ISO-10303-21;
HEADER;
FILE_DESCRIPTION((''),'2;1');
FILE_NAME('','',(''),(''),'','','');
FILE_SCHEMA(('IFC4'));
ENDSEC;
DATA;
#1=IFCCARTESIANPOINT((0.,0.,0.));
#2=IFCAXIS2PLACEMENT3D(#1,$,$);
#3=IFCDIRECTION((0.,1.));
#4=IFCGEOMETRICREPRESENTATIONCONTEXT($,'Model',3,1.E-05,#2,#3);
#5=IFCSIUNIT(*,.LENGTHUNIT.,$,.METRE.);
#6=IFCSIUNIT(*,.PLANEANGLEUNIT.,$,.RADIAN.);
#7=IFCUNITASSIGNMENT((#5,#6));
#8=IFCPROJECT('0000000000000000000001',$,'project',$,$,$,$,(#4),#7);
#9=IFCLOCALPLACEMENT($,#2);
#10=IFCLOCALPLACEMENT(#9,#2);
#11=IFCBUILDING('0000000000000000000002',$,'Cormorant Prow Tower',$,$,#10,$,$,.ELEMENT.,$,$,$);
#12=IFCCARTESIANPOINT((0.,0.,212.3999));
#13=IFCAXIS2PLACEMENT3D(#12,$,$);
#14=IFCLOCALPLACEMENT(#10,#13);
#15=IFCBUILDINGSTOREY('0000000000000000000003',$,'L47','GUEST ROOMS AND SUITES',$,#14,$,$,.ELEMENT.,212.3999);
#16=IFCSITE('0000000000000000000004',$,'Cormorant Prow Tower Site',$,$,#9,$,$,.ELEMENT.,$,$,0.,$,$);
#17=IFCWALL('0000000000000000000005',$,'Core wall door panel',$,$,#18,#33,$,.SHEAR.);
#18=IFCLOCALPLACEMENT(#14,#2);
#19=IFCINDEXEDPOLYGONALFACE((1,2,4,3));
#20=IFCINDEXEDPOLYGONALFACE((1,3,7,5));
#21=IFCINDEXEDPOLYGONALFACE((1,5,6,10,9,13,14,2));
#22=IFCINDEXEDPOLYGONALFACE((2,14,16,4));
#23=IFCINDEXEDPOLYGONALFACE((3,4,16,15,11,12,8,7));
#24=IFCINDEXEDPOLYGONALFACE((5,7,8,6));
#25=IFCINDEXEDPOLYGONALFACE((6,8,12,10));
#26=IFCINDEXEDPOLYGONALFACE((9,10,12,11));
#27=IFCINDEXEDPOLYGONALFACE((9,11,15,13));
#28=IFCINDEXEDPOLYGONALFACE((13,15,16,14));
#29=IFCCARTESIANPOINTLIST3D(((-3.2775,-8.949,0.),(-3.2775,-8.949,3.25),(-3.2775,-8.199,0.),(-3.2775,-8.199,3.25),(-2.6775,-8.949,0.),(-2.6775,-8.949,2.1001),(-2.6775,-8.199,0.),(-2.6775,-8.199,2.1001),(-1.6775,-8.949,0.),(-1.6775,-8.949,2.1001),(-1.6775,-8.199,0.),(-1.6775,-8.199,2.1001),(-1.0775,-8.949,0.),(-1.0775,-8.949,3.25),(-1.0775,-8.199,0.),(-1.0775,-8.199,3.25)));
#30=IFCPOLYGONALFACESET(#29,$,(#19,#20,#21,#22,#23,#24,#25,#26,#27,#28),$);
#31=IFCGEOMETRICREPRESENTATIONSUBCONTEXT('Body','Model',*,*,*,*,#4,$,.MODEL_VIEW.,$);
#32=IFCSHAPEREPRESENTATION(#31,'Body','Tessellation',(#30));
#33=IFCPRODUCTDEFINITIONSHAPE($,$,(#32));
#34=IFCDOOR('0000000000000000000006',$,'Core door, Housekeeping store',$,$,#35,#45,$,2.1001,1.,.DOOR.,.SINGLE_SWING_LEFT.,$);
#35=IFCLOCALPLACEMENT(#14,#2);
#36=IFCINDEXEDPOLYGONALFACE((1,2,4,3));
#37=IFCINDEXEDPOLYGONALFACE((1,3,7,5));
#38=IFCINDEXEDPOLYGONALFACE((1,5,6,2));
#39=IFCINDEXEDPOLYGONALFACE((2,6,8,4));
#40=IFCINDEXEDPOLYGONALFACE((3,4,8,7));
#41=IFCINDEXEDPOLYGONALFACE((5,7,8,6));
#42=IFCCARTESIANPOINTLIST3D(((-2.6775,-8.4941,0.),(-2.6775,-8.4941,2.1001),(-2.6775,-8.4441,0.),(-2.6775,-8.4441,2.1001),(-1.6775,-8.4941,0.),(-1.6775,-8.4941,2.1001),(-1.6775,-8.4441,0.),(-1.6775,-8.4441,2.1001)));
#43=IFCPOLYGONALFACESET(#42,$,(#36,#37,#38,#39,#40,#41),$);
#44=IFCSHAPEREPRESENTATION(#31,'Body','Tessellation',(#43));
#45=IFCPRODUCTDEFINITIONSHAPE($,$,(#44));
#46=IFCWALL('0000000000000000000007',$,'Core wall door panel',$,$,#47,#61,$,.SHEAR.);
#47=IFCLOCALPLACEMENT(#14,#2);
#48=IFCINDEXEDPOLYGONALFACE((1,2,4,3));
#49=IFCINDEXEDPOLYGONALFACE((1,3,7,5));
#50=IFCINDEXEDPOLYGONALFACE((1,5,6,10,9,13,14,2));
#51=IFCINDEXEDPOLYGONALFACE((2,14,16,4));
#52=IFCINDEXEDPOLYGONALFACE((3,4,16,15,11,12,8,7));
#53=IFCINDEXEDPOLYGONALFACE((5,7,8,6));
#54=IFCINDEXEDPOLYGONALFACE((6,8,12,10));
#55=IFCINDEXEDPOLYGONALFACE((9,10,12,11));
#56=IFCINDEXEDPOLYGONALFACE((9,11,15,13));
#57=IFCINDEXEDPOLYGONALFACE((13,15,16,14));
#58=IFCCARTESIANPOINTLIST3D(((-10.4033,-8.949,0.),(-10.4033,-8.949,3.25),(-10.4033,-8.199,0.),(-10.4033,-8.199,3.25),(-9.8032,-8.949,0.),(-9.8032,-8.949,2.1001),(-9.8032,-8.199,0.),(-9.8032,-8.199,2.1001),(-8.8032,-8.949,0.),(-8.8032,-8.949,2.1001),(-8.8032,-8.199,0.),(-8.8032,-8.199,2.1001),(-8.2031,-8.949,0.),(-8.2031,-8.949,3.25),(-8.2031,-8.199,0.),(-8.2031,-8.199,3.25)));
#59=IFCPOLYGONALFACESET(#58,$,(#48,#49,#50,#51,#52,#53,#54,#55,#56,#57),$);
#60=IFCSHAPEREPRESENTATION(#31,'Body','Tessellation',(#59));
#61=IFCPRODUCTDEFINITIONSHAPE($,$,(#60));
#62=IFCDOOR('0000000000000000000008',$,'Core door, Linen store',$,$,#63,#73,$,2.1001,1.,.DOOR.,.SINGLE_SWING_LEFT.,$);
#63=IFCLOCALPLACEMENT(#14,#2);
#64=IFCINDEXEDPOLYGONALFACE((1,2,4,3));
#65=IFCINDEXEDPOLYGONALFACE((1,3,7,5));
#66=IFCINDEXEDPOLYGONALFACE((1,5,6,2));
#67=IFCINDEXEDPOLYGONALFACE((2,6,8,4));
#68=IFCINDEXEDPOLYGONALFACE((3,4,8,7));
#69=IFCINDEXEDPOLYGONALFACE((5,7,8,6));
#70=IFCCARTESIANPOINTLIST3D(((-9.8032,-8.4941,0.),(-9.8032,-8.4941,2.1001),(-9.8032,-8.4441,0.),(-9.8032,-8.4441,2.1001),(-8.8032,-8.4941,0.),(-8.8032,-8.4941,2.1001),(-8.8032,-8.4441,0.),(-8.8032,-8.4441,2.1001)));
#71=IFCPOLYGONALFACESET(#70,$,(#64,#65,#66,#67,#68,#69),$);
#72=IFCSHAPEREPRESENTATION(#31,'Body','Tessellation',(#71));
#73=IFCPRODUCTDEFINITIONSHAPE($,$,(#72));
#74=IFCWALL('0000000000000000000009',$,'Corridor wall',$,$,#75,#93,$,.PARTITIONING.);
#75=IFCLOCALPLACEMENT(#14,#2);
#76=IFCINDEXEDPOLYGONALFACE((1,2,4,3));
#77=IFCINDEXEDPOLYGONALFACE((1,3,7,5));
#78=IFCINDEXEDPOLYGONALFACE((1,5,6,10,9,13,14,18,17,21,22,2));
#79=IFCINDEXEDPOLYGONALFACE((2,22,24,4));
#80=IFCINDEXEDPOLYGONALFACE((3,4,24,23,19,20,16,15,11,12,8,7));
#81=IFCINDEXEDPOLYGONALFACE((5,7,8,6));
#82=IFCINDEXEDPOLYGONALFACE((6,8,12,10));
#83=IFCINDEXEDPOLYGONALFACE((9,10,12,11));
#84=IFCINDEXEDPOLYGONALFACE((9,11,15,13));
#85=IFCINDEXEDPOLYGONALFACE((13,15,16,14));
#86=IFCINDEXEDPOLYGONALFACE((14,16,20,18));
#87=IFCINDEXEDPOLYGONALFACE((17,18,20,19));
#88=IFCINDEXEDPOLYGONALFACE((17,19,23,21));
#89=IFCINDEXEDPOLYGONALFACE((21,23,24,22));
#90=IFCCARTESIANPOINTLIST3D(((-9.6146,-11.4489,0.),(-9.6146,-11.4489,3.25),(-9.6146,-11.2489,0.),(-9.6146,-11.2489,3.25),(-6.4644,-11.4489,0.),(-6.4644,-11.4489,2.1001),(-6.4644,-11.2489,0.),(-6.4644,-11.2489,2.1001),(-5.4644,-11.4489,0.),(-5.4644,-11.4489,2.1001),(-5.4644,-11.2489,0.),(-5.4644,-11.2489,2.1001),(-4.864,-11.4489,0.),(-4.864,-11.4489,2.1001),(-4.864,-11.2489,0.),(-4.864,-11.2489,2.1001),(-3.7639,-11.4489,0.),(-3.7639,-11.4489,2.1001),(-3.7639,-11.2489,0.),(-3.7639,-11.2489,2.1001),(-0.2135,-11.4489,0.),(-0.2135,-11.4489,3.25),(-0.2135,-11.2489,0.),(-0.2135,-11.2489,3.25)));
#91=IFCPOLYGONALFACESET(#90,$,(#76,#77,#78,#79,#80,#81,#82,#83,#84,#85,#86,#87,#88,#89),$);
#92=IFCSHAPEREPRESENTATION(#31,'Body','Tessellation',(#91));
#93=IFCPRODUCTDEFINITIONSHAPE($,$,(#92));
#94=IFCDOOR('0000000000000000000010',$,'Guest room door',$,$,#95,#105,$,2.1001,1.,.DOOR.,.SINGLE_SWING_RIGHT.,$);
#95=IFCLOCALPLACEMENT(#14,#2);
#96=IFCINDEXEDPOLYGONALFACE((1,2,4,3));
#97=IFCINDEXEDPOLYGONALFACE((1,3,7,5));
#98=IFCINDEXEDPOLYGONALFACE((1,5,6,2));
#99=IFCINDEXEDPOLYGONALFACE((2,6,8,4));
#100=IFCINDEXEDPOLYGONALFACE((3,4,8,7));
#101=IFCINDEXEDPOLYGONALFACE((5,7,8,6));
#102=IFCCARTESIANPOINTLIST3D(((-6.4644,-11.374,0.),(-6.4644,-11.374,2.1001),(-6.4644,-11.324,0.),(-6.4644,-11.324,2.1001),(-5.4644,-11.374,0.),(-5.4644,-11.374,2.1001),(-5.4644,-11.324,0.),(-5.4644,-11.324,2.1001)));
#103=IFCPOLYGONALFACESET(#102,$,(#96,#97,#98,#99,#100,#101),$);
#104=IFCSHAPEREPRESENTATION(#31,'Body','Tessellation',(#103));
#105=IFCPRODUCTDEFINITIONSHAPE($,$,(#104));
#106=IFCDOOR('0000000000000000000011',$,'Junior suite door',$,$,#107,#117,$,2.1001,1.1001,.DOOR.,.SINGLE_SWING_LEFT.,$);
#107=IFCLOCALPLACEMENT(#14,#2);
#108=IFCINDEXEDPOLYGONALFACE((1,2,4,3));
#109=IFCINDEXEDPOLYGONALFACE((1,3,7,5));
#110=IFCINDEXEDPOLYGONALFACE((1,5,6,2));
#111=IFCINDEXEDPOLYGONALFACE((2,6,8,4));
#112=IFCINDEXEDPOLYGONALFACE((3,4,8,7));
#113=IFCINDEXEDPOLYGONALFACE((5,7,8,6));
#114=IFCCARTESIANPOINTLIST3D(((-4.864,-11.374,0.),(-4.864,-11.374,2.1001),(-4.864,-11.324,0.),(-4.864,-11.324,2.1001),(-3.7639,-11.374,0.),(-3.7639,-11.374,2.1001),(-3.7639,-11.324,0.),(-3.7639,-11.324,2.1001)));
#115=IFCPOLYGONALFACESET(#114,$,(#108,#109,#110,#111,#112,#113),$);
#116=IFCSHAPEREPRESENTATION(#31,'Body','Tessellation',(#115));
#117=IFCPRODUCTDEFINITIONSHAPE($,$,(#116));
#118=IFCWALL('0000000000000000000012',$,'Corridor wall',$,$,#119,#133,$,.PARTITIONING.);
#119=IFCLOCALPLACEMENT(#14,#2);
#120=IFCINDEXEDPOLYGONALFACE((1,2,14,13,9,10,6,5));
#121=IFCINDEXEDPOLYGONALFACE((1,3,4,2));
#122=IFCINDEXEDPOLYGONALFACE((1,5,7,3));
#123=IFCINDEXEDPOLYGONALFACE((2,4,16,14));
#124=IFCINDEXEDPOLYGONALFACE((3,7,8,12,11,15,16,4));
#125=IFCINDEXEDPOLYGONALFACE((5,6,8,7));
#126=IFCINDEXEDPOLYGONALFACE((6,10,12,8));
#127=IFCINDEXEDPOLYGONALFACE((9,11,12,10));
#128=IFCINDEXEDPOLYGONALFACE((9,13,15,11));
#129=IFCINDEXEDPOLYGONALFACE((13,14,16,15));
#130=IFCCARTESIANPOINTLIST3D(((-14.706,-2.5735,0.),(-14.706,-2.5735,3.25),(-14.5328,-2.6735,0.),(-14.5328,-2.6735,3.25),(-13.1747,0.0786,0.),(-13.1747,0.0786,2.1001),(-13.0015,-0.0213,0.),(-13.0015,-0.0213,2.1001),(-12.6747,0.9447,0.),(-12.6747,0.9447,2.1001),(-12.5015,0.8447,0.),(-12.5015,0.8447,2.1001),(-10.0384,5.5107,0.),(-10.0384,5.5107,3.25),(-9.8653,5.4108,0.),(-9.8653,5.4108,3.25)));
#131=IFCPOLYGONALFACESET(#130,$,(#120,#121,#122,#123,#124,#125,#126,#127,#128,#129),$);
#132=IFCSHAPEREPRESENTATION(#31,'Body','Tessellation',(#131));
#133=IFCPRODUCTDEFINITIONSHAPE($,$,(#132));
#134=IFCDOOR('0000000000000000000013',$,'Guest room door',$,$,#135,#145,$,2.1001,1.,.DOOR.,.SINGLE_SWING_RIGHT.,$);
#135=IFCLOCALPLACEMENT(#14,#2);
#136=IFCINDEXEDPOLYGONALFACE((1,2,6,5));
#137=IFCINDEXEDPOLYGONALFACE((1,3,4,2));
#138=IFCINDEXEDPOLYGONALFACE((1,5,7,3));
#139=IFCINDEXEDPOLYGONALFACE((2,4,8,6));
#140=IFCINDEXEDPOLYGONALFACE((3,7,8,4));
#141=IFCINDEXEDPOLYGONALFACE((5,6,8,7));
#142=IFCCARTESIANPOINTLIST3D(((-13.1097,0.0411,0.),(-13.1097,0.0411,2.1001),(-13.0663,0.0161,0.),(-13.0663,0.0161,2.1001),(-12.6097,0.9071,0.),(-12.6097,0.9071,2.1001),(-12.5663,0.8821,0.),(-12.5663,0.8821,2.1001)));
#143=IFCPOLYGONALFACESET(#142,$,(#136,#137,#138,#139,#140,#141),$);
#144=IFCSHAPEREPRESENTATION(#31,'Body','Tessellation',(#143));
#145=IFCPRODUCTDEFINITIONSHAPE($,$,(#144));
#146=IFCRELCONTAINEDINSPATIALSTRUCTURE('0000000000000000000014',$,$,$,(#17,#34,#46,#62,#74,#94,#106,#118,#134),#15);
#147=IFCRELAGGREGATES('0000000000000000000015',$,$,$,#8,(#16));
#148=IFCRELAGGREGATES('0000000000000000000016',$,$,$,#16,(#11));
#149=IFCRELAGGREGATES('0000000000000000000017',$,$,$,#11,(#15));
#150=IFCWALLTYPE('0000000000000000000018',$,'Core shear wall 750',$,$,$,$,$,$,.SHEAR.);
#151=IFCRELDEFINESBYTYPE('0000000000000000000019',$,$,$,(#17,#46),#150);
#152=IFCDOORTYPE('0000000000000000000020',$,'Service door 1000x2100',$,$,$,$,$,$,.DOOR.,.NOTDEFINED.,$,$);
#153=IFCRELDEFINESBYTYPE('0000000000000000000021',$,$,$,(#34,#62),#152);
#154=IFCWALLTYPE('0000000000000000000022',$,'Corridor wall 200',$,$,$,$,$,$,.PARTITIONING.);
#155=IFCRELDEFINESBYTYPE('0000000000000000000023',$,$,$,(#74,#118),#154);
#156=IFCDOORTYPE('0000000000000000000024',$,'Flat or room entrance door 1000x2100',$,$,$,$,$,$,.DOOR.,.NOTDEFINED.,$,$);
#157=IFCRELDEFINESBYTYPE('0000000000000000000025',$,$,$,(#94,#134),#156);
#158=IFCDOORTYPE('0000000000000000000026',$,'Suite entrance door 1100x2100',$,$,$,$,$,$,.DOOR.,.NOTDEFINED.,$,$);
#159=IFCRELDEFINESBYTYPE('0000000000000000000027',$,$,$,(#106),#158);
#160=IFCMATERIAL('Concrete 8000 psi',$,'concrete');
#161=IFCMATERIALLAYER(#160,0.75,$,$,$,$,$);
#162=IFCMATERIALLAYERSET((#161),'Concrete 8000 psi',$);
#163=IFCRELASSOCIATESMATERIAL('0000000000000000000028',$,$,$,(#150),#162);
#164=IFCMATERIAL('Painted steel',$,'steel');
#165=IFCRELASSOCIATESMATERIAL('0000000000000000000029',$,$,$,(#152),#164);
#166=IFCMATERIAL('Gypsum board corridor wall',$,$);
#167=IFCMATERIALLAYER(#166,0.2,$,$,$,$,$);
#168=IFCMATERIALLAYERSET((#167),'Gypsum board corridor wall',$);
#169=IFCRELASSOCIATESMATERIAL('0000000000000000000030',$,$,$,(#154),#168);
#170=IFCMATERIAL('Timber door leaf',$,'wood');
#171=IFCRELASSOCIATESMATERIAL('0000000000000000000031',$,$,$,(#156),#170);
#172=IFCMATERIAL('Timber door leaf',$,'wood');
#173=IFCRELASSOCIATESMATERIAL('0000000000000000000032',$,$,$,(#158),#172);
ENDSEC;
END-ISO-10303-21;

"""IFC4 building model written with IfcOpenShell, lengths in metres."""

from ifc_helpers import new_model, si_unit, direction, frame, frame_2d, origin, place, context, subcontext, project, spatial, rectangle, extrude, material, layer, layer_set, type_object, element, fill, save


model = new_model("IFC4")

# Units and contexts
model_context = context("Model", 3, precision=1e-05, world=origin(), true_north=direction((0.0, 1.0)))
body_context = subcontext(model_context, "Body", "Model", "MODEL_VIEW")
ifc_project = project(units=[si_unit("LENGTHUNIT", "METRE"), si_unit("PLANEANGLEUNIT", "RADIAN")], contexts=[model_context])

# Site, building, storey
site_placement = place(None, origin())
site = spatial("IfcSite", under=ifc_project, at=site_placement, Name="Cormorant Prow Tower Site", CompositionType="ELEMENT", RefElevation=0.0)
building_placement = place(site_placement, origin())
building = spatial("IfcBuilding", under=site, at=building_placement, Name="Cormorant Prow Tower", CompositionType="ELEMENT")
storey_placement = place(building_placement, frame((0.0, 0.0, 212.3999)))
storey = spatial("IfcBuildingStorey", under=building, at=storey_placement, Name="L47", Description="GUEST ROOMS AND SUITES", CompositionType="ELEMENT", Elevation=212.3999)

# Shared definitions
ifc_material_1 = material(Name="Concrete 8000 psi", Category="concrete")
ifc_layer_1 = layer(ifc_material_1, 0.75)
ifc_layer_set_1 = layer_set([ifc_layer_1], Name="Concrete 8000 psi")
wall_type_1 = type_object("IfcWallType", Name="Core shear wall 750", PredefinedType="SHEAR", material=ifc_layer_set_1)

# Walls, openings, doors
wall_1_placement = place(storey_placement, frame((-3.2776, -8.574, 0.0), z_axis=(0.0, 0.0, 1.0), x_axis=(1.0, 0.0, 0.0)))
wall_1 = element("IfcWall", 1, at=wall_1_placement, inside=storey, type_object=wall_type_1, Name="Core wall door panel", PredefinedType="SHEAR", context=body_context, shape_type="SweptSolid", body=[
    extrude(rectangle(XDim=2.2, YDim=0.75, at=frame_2d((1.1001, 0.0))), origin(), (0.0, 0.0, 1.0), 3.25),
])
opening_1_placement = place(wall_1_placement, frame((0.6001, 0.0, 0.0)))
opening_1 = element("IfcOpeningElement", 2, at=opening_1_placement, cuts=wall_1, PredefinedType="OPENING", context=body_context, shape_type="SweptSolid", body=[
    extrude(rectangle(XDim=1.0, YDim=2.1001, at=frame_2d((0.5, 1.05))), frame((0.0, 0.385, 0.0), z_axis=(0.0, -1.0, 0.0), x_axis=(1.0, 0.0, 0.0)), (0.0, 0.0, 1.0), 0.77),
])
ifc_material_2 = material(Name="Painted steel", Category="steel")
door_type_1 = type_object("IfcDoorType", Name="Service door 1000x2100", OperationType="NOTDEFINED", PredefinedType="DOOR", material=ifc_material_2)
door_1_placement = place(opening_1_placement, origin())
door_1 = element("IfcDoor", 3, at=door_1_placement, inside=storey, type_object=door_type_1, Name="Core door, Housekeeping store", OperationType="SINGLE_SWING_LEFT", OverallHeight=2.1001, OverallWidth=1.0, PredefinedType="DOOR", context=body_context, shape_type="SweptSolid", body=[
    extrude(rectangle(XDim=1.0, YDim=2.1001, at=frame_2d((0.5, 1.05))), frame((0.0, 0.1299, 0.0), z_axis=(0.0, -1.0, 0.0), x_axis=(1.0, 0.0, 0.0)), (0.0, 0.0, 1.0), 0.05),
])
fill(opening_1, door_1)
wall_2_placement = place(storey_placement, frame((-10.4033, -8.574, 0.0), z_axis=(0.0, 0.0, 1.0), x_axis=(1.0, 0.0, 0.0)))
wall_2 = element("IfcWall", 4, at=wall_2_placement, inside=storey, type_object=wall_type_1, Name="Core wall door panel", PredefinedType="SHEAR", context=body_context, shape_type="SweptSolid", body=[
    extrude(rectangle(XDim=2.2002, YDim=0.75, at=frame_2d((1.1001, 0.0))), origin(), (0.0, 0.0, 1.0), 3.25),
])
opening_2_placement = place(wall_2_placement, frame((0.6001, 0.0, 0.0)))
opening_2 = element("IfcOpeningElement", 5, at=opening_2_placement, cuts=wall_2, PredefinedType="OPENING", context=body_context, shape_type="SweptSolid", body=[
    extrude(rectangle(XDim=1.0, YDim=2.1001, at=frame_2d((0.5, 1.05))), frame((0.0, 0.385, 0.0), z_axis=(0.0, -1.0, 0.0), x_axis=(1.0, 0.0, 0.0)), (0.0, 0.0, 1.0), 0.77),
])
door_2_placement = place(opening_2_placement, origin())
door_2 = element("IfcDoor", 6, at=door_2_placement, inside=storey, type_object=door_type_1, Name="Core door, Linen store", OperationType="SINGLE_SWING_LEFT", OverallHeight=2.1001, OverallWidth=1.0, PredefinedType="DOOR", context=body_context, shape_type="SweptSolid", body=[
    extrude(rectangle(XDim=1.0, YDim=2.1001, at=frame_2d((0.5, 1.05))), frame((0.0, 0.1299, 0.0), z_axis=(0.0, -1.0, 0.0), x_axis=(1.0, 0.0, 0.0)), (0.0, 0.0, 1.0), 0.05),
])
fill(opening_2, door_2)

# Wall, openings, doors
ifc_material_3 = material(Name="Gypsum board corridor wall")
ifc_layer_2 = layer(ifc_material_3, 0.2)
ifc_layer_set_2 = layer_set([ifc_layer_2], Name="Gypsum board corridor wall")
wall_type_2 = type_object("IfcWallType", Name="Corridor wall 200", PredefinedType="PARTITIONING", material=ifc_layer_set_2)
wall_3_placement = place(storey_placement, frame((-9.6147, -11.3489, 0.0), z_axis=(0.0, 0.0, 1.0), x_axis=(1.0, 0.0, 0.0)))
wall_3 = element("IfcWall", 7, at=wall_3_placement, inside=storey, type_object=wall_type_2, Name="Corridor wall", PredefinedType="PARTITIONING", context=body_context, shape_type="SweptSolid", body=[
    extrude(rectangle(XDim=9.4011, YDim=0.2, at=frame_2d((4.7007, 0.0))), origin(), (0.0, 0.0, 1.0), 3.25),
])
opening_3_placement = place(wall_3_placement, frame((3.1504, 0.0, 0.0)))
opening_3 = element("IfcOpeningElement", 8, at=opening_3_placement, cuts=wall_3, PredefinedType="OPENING", context=body_context, shape_type="SweptSolid", body=[
    extrude(rectangle(XDim=1.0, YDim=2.1001, at=frame_2d((0.5, 1.05))), frame((0.0, 0.1099, 0.0), z_axis=(0.0, -1.0, 0.0), x_axis=(1.0, 0.0, 0.0)), (0.0, 0.0, 1.0), 0.22),
])
opening_4_placement = place(wall_3_placement, frame((4.7507, 0.0, 0.0)))
opening_4 = element("IfcOpeningElement", 9, at=opening_4_placement, cuts=wall_3, PredefinedType="OPENING", context=body_context, shape_type="SweptSolid", body=[
    extrude(rectangle(XDim=1.1001, YDim=2.1001, at=frame_2d((0.55, 1.05))), frame((0.0, 0.1099, 0.0), z_axis=(0.0, -1.0, 0.0), x_axis=(1.0, 0.0, 0.0)), (0.0, 0.0, 1.0), 0.22),
])
ifc_material_4 = material(Name="Timber door leaf", Category="wood")
door_type_2 = type_object("IfcDoorType", Name="Flat or room entrance door 1000x2100", OperationType="NOTDEFINED", PredefinedType="DOOR", material=ifc_material_4)
door_3_placement = place(opening_3_placement, origin())
door_3 = element("IfcDoor", 10, at=door_3_placement, inside=storey, type_object=door_type_2, Name="Guest room door", OperationType="SINGLE_SWING_RIGHT", OverallHeight=2.1001, OverallWidth=1.0, PredefinedType="DOOR", context=body_context, shape_type="SweptSolid", body=[
    extrude(rectangle(XDim=1.0, YDim=2.1001, at=frame_2d((0.5, 1.05))), frame((0.0, 0.0249, 0.0), z_axis=(0.0, -1.0, 0.0), x_axis=(1.0, 0.0, 0.0)), (0.0, 0.0, 1.0), 0.05),
])
fill(opening_3, door_3)
ifc_material_5 = material(Name="Timber door leaf", Category="wood")
door_type_3 = type_object("IfcDoorType", Name="Suite entrance door 1100x2100", OperationType="NOTDEFINED", PredefinedType="DOOR", material=ifc_material_5)
door_4_placement = place(opening_4_placement, origin())
door_4 = element("IfcDoor", 11, at=door_4_placement, inside=storey, type_object=door_type_3, Name="Junior suite door", OperationType="SINGLE_SWING_LEFT", OverallHeight=2.1001, OverallWidth=1.1001, PredefinedType="DOOR", context=body_context, shape_type="SweptSolid", body=[
    extrude(rectangle(XDim=1.1001, YDim=2.1001, at=frame_2d((0.55, 1.05))), frame((0.0, 0.0249, 0.0), z_axis=(0.0, -1.0, 0.0), x_axis=(1.0, 0.0, 0.0)), (0.0, 0.0, 1.0), 0.05),
])
fill(opening_4, door_4)

# Wall, opening, door
wall_4_placement = place(storey_placement, frame((-14.6194, -2.6235, 0.0), z_axis=(0.0, 0.0, 1.0), x_axis=(0.500004, 0.866023, 0.0)))
wall_4 = element("IfcWall", 12, at=wall_4_placement, inside=storey, type_object=wall_type_2, Name="Corridor wall", PredefinedType="PARTITIONING", context=body_context, shape_type="SweptSolid", body=[
    extrude(rectangle(XDim=9.335, YDim=0.2, at=frame_2d((4.6675, 0.0))), origin(), (0.0, 0.0, 1.0), 3.25),
])
opening_5_placement = place(wall_4_placement, frame((3.0625, 0.0, 0.0)))
opening_5 = element("IfcOpeningElement", 13, at=opening_5_placement, cuts=wall_4, PredefinedType="OPENING", context=body_context, shape_type="SweptSolid", body=[
    extrude(rectangle(XDim=1.0, YDim=2.1001, at=frame_2d((0.5, 1.05))), frame((0.0, 0.1099, 0.0), z_axis=(0.0, -1.0, 0.0), x_axis=(1.0, 0.0, 0.0)), (0.0, 0.0, 1.0), 0.22),
])
door_5_placement = place(opening_5_placement, origin())
door_5 = element("IfcDoor", 14, at=door_5_placement, inside=storey, type_object=door_type_2, Name="Guest room door", OperationType="SINGLE_SWING_RIGHT", OverallHeight=2.1001, OverallWidth=1.0, PredefinedType="DOOR", context=body_context, shape_type="SweptSolid", body=[
    extrude(rectangle(XDim=1.0, YDim=2.1001, at=frame_2d((0.5, 1.05))), frame((0.0, 0.0249, 0.0), z_axis=(0.0, -1.0, 0.0), x_axis=(1.0, 0.0, 0.0)), (0.0, 0.0, 1.0), 0.05),
])
fill(opening_5, door_5)

save(model, "model.ifc")
